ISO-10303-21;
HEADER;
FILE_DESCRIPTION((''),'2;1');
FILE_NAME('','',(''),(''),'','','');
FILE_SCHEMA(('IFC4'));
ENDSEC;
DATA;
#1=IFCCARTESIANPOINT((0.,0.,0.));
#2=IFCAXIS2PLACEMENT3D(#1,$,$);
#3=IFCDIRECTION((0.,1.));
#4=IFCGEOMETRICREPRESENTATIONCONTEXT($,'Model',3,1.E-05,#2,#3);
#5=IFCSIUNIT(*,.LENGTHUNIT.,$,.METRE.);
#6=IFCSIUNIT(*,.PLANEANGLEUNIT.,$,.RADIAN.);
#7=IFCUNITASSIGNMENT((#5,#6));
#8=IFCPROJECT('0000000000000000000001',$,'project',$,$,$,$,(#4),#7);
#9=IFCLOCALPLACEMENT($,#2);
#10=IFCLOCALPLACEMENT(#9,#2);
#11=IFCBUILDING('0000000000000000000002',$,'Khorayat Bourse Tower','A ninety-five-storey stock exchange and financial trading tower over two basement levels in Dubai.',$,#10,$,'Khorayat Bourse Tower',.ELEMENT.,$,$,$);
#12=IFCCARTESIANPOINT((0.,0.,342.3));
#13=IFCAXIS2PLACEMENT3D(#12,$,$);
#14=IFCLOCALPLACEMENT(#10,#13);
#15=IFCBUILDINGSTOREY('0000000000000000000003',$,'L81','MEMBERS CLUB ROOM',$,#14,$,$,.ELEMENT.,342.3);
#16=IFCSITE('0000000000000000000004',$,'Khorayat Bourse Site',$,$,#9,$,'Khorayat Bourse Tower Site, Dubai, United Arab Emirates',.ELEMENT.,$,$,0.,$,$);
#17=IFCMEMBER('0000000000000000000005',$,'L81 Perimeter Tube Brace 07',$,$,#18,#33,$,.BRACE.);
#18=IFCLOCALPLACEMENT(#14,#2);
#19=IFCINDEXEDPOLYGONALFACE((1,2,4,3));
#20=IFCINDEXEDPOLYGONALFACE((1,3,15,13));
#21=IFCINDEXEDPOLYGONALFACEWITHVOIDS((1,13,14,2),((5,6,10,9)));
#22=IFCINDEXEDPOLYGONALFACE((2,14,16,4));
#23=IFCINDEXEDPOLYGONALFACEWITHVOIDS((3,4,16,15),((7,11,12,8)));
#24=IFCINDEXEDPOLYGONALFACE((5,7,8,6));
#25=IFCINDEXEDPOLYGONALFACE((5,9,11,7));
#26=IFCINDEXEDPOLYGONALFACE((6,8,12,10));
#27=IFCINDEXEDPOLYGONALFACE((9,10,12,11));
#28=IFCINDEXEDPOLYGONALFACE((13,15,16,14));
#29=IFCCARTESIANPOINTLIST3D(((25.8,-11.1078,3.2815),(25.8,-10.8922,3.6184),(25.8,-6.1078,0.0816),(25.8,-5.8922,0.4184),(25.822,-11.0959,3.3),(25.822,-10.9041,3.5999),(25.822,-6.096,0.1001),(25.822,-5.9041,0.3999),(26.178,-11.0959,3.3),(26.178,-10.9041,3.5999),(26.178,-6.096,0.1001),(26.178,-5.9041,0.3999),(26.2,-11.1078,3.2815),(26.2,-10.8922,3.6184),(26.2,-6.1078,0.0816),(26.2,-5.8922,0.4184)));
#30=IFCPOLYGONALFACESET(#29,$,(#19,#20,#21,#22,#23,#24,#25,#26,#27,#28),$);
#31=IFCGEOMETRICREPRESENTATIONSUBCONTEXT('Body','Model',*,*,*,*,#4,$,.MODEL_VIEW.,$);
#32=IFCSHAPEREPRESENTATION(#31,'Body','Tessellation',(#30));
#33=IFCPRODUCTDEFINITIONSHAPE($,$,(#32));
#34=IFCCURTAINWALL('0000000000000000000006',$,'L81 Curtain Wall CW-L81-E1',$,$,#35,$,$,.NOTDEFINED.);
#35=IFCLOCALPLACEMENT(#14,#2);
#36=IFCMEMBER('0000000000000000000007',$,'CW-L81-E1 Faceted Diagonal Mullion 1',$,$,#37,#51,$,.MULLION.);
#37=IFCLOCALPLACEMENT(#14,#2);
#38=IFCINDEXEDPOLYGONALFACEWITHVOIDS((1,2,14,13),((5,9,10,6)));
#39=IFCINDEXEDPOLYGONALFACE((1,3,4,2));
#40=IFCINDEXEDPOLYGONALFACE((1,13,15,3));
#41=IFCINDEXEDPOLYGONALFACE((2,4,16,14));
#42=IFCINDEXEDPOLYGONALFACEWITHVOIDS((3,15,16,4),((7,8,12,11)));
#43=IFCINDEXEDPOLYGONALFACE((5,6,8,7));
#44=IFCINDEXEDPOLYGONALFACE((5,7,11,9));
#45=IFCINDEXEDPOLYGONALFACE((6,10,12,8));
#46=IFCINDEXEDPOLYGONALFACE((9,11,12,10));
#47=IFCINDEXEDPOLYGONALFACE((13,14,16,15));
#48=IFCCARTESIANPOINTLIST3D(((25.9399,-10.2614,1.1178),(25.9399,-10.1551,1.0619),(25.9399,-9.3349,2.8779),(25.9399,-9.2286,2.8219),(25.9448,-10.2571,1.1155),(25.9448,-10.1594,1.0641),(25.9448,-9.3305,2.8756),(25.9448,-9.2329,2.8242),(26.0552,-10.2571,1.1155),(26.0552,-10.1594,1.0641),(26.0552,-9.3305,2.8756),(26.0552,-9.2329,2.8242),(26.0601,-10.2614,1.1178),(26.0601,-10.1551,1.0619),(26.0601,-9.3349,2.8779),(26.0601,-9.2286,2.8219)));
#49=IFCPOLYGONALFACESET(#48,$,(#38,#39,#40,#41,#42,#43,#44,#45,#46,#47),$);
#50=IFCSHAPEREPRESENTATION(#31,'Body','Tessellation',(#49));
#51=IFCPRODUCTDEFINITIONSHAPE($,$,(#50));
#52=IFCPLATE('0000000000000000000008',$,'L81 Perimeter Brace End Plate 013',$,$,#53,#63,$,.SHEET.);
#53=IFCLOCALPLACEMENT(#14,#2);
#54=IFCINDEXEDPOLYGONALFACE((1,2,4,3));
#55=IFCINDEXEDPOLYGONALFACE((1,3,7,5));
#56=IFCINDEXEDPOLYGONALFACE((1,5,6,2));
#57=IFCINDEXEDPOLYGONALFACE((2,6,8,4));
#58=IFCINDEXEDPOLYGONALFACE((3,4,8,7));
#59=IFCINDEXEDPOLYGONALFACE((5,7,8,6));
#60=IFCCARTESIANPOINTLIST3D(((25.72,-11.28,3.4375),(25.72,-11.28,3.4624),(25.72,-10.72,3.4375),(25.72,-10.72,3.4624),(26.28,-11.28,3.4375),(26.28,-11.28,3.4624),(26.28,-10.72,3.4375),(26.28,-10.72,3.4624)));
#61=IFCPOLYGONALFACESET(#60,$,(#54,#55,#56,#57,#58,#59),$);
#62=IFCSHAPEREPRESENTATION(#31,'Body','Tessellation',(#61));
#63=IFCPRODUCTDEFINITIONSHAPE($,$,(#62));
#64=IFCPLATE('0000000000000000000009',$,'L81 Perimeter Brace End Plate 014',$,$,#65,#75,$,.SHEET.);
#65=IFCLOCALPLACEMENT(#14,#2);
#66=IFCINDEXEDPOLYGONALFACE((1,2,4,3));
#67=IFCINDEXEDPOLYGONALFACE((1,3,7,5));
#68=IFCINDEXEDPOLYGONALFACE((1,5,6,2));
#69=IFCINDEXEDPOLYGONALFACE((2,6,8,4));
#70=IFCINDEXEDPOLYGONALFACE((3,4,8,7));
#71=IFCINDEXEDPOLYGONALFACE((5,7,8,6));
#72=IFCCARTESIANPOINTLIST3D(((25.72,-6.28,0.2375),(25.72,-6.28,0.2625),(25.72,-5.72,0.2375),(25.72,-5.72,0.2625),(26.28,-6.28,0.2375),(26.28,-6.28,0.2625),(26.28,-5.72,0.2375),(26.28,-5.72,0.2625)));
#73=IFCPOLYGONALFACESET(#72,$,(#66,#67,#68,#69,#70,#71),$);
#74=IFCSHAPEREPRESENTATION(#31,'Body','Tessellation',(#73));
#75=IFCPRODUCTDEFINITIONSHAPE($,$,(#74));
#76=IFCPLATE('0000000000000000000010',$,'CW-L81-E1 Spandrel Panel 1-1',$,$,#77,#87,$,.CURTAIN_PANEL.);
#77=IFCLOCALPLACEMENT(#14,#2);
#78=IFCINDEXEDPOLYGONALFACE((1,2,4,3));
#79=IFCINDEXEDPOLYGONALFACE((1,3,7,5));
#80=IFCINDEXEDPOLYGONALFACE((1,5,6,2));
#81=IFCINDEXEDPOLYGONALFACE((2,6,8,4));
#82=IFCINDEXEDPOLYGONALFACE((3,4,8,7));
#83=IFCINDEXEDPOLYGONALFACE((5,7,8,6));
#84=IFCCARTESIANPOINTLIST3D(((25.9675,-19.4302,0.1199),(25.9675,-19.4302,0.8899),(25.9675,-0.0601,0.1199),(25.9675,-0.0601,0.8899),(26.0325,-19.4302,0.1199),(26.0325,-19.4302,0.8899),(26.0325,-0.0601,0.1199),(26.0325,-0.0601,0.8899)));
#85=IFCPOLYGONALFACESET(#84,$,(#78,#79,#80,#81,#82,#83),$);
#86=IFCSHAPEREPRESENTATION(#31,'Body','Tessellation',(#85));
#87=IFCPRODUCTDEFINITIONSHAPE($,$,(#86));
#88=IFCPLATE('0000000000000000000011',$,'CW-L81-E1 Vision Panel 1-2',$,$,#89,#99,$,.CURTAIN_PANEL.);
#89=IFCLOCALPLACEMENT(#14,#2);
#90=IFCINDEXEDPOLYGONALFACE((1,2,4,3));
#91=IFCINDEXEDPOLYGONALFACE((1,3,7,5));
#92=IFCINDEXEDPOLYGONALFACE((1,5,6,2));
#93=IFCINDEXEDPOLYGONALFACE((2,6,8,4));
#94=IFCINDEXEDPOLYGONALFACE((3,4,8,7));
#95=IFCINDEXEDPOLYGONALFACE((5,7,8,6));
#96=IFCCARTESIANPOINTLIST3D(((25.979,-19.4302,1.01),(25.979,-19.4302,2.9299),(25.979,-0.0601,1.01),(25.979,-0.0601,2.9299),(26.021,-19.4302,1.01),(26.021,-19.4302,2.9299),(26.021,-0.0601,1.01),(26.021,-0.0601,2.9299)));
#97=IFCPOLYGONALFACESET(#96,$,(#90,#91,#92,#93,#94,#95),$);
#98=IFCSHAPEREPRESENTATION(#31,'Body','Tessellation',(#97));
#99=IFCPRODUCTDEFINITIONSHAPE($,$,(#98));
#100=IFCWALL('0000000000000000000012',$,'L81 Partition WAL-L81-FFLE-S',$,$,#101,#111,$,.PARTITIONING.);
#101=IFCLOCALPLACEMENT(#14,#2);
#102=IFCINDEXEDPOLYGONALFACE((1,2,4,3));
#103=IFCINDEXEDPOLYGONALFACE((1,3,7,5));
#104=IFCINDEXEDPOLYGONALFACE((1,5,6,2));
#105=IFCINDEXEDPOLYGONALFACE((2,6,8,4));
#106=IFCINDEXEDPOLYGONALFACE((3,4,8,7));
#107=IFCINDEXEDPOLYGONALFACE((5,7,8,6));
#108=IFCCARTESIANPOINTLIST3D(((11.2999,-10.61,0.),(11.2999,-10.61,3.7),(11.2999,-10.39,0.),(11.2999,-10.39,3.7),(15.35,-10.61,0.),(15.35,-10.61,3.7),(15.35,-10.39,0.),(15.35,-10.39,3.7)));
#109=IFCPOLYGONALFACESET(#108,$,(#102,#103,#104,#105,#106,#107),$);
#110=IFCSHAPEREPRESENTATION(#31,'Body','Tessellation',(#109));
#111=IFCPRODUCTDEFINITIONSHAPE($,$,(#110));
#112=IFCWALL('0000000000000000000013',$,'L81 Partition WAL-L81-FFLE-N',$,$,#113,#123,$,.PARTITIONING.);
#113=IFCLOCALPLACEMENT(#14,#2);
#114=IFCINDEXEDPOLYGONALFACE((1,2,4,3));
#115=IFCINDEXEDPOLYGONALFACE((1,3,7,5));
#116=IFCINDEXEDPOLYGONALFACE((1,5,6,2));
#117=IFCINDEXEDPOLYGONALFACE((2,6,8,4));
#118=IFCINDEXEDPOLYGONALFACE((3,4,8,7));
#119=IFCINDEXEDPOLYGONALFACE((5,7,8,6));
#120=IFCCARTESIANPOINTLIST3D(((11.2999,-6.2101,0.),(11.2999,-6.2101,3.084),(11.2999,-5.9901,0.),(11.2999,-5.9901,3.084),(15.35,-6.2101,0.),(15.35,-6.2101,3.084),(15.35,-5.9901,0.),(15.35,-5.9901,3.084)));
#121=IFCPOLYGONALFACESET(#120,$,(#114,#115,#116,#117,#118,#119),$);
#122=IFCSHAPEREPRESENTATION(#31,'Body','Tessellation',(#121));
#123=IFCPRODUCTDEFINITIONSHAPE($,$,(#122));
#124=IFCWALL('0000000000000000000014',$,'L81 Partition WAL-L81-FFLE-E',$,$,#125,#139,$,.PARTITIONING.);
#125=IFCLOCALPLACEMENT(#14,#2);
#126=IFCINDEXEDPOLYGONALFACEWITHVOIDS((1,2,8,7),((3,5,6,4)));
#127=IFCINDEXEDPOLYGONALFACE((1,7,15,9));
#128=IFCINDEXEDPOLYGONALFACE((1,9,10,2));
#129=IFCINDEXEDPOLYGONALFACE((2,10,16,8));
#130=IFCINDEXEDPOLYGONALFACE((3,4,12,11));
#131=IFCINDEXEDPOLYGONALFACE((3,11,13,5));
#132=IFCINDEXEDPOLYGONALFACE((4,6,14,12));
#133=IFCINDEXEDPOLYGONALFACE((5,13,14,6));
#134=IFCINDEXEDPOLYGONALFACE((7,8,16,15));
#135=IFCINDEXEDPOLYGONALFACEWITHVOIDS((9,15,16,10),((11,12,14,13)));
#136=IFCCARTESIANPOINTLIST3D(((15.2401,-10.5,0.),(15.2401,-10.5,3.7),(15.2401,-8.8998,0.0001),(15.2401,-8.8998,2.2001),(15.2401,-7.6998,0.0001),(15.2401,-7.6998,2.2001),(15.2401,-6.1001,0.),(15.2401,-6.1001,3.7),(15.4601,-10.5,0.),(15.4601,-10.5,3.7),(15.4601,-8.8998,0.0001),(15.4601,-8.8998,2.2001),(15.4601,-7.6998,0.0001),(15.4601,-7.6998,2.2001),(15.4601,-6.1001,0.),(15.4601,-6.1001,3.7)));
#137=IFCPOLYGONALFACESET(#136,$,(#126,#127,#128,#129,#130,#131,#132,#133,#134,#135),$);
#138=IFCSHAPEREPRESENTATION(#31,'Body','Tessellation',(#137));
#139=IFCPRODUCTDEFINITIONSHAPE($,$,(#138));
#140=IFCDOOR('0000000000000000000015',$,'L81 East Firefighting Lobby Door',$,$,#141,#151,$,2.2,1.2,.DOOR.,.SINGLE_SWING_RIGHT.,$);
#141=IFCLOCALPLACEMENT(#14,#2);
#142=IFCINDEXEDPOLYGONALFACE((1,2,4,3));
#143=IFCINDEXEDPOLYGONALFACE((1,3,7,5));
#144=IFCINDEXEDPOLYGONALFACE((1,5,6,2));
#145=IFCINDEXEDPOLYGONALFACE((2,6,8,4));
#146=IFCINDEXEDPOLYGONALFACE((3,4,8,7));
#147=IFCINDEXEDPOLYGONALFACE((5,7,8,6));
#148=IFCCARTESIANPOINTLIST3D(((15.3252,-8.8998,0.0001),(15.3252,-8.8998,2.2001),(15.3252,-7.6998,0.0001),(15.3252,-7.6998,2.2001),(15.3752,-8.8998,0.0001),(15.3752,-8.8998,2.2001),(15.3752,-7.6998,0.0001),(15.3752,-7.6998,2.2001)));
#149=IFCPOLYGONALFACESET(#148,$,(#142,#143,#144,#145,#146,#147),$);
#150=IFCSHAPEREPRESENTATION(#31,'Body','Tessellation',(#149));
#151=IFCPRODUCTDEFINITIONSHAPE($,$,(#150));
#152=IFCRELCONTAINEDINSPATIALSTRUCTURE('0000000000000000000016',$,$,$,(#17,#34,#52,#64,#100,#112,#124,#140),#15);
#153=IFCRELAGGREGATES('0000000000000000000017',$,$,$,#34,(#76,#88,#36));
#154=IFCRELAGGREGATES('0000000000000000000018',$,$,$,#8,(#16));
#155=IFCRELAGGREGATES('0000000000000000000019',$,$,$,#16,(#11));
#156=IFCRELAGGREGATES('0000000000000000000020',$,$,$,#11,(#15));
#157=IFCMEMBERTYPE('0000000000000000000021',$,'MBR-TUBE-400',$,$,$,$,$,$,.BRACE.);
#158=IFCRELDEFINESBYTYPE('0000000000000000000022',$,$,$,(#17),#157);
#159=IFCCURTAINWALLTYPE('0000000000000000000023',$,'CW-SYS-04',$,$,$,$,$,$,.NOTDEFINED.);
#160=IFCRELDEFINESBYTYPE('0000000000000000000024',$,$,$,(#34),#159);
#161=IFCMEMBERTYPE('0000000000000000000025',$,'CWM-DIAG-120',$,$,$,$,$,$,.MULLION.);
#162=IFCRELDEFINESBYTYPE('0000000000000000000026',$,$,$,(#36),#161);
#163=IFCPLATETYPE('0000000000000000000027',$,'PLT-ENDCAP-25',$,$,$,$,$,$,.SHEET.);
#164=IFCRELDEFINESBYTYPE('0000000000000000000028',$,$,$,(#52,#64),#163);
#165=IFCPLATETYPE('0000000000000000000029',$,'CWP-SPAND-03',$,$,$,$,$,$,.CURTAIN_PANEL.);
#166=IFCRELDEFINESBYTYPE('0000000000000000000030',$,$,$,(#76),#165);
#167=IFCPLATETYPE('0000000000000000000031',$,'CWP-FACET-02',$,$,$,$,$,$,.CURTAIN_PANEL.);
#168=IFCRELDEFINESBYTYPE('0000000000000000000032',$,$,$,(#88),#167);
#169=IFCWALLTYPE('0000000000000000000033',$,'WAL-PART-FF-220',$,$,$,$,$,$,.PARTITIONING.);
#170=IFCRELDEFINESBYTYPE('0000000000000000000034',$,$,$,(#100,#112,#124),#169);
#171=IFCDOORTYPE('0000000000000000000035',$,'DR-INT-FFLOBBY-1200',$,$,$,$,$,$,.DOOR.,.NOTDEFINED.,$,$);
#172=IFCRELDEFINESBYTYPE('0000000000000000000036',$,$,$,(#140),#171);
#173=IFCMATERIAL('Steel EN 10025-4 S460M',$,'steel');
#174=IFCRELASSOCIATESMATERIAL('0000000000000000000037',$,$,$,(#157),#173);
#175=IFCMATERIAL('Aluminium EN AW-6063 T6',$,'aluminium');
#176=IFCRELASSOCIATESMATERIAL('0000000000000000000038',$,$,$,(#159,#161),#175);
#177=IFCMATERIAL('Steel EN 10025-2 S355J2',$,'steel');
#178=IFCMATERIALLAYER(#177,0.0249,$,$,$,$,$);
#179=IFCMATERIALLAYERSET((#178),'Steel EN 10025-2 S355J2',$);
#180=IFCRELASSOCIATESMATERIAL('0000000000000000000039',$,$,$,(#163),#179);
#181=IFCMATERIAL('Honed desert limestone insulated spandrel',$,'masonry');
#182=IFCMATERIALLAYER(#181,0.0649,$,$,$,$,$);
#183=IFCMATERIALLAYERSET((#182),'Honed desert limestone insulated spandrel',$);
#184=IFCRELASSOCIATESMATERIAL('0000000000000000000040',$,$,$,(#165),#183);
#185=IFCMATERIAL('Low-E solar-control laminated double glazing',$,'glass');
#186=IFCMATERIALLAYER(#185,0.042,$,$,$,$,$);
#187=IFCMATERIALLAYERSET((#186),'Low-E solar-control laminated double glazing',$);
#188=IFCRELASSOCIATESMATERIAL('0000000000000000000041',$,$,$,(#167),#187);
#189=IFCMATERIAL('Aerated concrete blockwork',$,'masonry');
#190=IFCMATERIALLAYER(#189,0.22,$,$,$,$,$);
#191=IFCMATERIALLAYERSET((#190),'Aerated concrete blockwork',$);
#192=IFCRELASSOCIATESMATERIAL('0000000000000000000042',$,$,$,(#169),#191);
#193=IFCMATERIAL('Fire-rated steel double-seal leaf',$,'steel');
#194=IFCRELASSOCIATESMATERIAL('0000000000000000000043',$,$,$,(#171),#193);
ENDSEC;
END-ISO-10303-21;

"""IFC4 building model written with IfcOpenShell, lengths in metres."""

from ifc_helpers import new_model, si_unit, direction, frame, frame_2d, origin, origin_2d, place, context, subcontext, project, spatial, rectangle, hollow_rectangle, extrude, source, transform, mapped, material, layer, layer_set, material_profile, profile_set, type_object, element, fill, aggregate, save


model = new_model("IFC4")

# Units and contexts
model_context = context("Model", 3, precision=1e-05, world=origin(), true_north=direction((0.0, 1.0)))
body_context = subcontext(model_context, "Body", "Model", "MODEL_VIEW")
ifc_project = project(units=[si_unit("LENGTHUNIT", "METRE"), si_unit("PLANEANGLEUNIT", "RADIAN")], contexts=[model_context])

# Site, building, storey
site_placement = place(None, origin())
site = spatial("IfcSite", under=ifc_project, at=site_placement, Name="Khorayat Bourse Site", LongName="Khorayat Bourse Tower Site, Dubai, United Arab Emirates", CompositionType="ELEMENT", RefElevation=0.0)
building_placement = place(site_placement, origin())
building = spatial("IfcBuilding", under=site, at=building_placement, Name="Khorayat Bourse Tower", Description="A ninety-five-storey stock exchange and financial trading tower over two basement levels in Dubai.", LongName="Khorayat Bourse Tower", CompositionType="ELEMENT")
storey_placement = place(building_placement, frame((0.0, 0.0, 342.3)))
storey = spatial("IfcBuildingStorey", under=building, at=storey_placement, Name="L81", Description="MEMBERS CLUB ROOM", CompositionType="ELEMENT", Elevation=342.3)

# Shared definitions
ifc_material_1 = material(Name="Steel EN 10025-2 S355J2", Category="steel")

# Member
ifc_material_2 = material(Name="Steel EN 10025-4 S460M", Category="steel")
ifc_material_profile_1 = material_profile(ifc_material_2, hollow_rectangle(XDim=0.3999, YDim=0.3999, WallThickness=0.022, at=origin_2d()), Name="HSS 400x400x22")
ifc_profile_set_1 = profile_set([ifc_material_profile_1], Name="Steel EN 10025-4 S460M")
member_type_1 = type_object("IfcMemberType", Name="MBR-TUBE-400", PredefinedType="BRACE", material=ifc_profile_set_1)
shared_shape_1 = source(origin(), body_context, "Body", "SweptSolid", [
    extrude(hollow_rectangle(XDim=0.3999, YDim=0.3999, WallThickness=0.022, at=origin_2d()), origin(), (0.0, 0.0, 1.0), 5.9363),
])
member_1_placement = place(storey_placement, frame((26.0, -11.0, 3.45), z_axis=(0.0, 0.842275, -0.539048), x_axis=(-1.0, 0.0, 0.0)))
element("IfcMember", 1, at=member_1_placement, inside=storey, type_object=member_type_1, Name="L81 Perimeter Tube Brace 07", PredefinedType="BRACE", context=body_context, shape_type="MappedRepresentation", body=[
    mapped(shared_shape_1, transform((0.0, 0.0, 0.0), scale=1.0)),
])

# Curtain wall, member
ifc_material_3 = material(Name="Aluminium EN AW-6063 T6", Category="aluminium")
curtain_wall_type = type_object("IfcCurtainWallType", Name="CW-SYS-04", PredefinedType="NOTDEFINED", material=ifc_material_3)
curtain_wall_placement = place(storey_placement, origin())
curtain_wall = element("IfcCurtainWall", 2, at=curtain_wall_placement, inside=storey, type_object=curtain_wall_type, Name="L81 Curtain Wall CW-L81-E1", PredefinedType="NOTDEFINED")
ifc_material_profile_2 = material_profile(ifc_material_3, hollow_rectangle(XDim=0.1201, YDim=0.1201, WallThickness=0.0049, at=origin_2d()), Name="ALU 120x120x5")
ifc_profile_set_2 = profile_set([ifc_material_profile_2], Name="Aluminium EN AW-6063 T6")
member_type_2 = type_object("IfcMemberType", Name="CWM-DIAG-120", PredefinedType="MULLION", material=ifc_profile_set_2)
shared_shape_2 = source(origin(), body_context, "Body", "SweptSolid", [
    extrude(hollow_rectangle(XDim=0.1201, YDim=0.1201, WallThickness=0.0049, at=origin_2d()), origin(), (0.0, 0.0, 1.0), 1.989),
])
member_2_placement = place(storey_placement, frame((26.0, -10.2083, 1.0898), z_axis=(0.0, 0.465822, 0.884878), x_axis=(-1.0, 0.0, 0.0)))
member_2 = element("IfcMember", 3, at=member_2_placement, type_object=member_type_2, Name="CW-L81-E1 Faceted Diagonal Mullion 1", PredefinedType="MULLION", context=body_context, shape_type="MappedRepresentation", body=[
    mapped(shared_shape_2, transform((0.0, 0.0, 0.0), scale=1.0)),
])

# Plates
ifc_layer_1 = layer(ifc_material_1, 0.0249)
ifc_layer_set_1 = layer_set([ifc_layer_1], Name="Steel EN 10025-2 S355J2")
plate_type_1 = type_object("IfcPlateType", Name="PLT-ENDCAP-25", PredefinedType="SHEET", material=ifc_layer_set_1)
shared_shape_3 = source(origin(), body_context, "Body", "SweptSolid", [
    extrude(rectangle(XDim=0.5601, YDim=0.5601, at=origin_2d()), origin(), (0.0, 0.0, 1.0), 0.0249),
])
for number, where, z_axis, x_axis, name in (
    (4, (26.0, -11.0, 3.4375), (0.0, 0.0, 1.0), (1.0, 0.0, 0.0), "L81 Perimeter Brace End Plate 013"),
    (5, (26.0, -6.0, 0.2375), (0.0, 0.0, 1.0), (1.0, 0.0, 0.0), "L81 Perimeter Brace End Plate 014"),
):
    element("IfcPlate", number, at=place(storey_placement, frame(where, z_axis=z_axis, x_axis=x_axis)), inside=storey, type_object=plate_type_1, Name=name, PredefinedType="SHEET", context=body_context, shape_type="MappedRepresentation", body=[
        mapped(shared_shape_3, transform((0.0, 0.0, 0.0), scale=1.0)),
    ])

# Plates
ifc_material_4 = material(Name="Honed desert limestone insulated spandrel", Category="masonry")
ifc_layer_2 = layer(ifc_material_4, 0.0649)
ifc_layer_set_2 = layer_set([ifc_layer_2], Name="Honed desert limestone insulated spandrel")
plate_type_2 = type_object("IfcPlateType", Name="CWP-SPAND-03", PredefinedType="CURTAIN_PANEL", material=ifc_layer_set_2)
shared_shape_4 = source(origin(), body_context, "Body", "SweptSolid", [
    extrude(rectangle(XDim=19.3701, YDim=0.0649, at=origin_2d()), origin(), (0.0, 0.0, 1.0), 0.77),
])
plate_1_placement = place(storey_placement, frame((26.0, -9.7451, 0.1199), z_axis=(0.0, 0.0, 1.0), x_axis=(0.0, 1.0, 0.0)))
plate_1 = element("IfcPlate", 6, at=plate_1_placement, type_object=plate_type_2, Name="CW-L81-E1 Spandrel Panel 1-1", PredefinedType="CURTAIN_PANEL", context=body_context, shape_type="MappedRepresentation", body=[
    mapped(shared_shape_4, transform((0.0, 0.0, 0.0), scale=1.0)),
])
ifc_material_5 = material(Name="Low-E solar-control laminated double glazing", Category="glass")
ifc_layer_3 = layer(ifc_material_5, 0.042)
ifc_layer_set_3 = layer_set([ifc_layer_3], Name="Low-E solar-control laminated double glazing")
plate_type_3 = type_object("IfcPlateType", Name="CWP-FACET-02", PredefinedType="CURTAIN_PANEL", material=ifc_layer_set_3)
shared_shape_5 = source(origin(), body_context, "Body", "SweptSolid", [
    extrude(rectangle(XDim=19.3701, YDim=0.042, at=origin_2d()), origin(), (0.0, 0.0, 1.0), 1.9199),
])
plate_2_placement = place(storey_placement, frame((26.0, -9.7451, 1.01), z_axis=(0.0, 0.0, 1.0), x_axis=(0.0, 1.0, 0.0)))
plate_2 = element("IfcPlate", 7, at=plate_2_placement, type_object=plate_type_3, Name="CW-L81-E1 Vision Panel 1-2", PredefinedType="CURTAIN_PANEL", context=body_context, shape_type="MappedRepresentation", body=[
    mapped(shared_shape_5, transform((0.0, 0.0, 0.0), scale=1.0)),
])
aggregate(curtain_wall, [plate_1, plate_2, member_2])

# Walls
ifc_material_6 = material(Name="Aerated concrete blockwork", Category="masonry")
ifc_layer_4 = layer(ifc_material_6, 0.22)
ifc_layer_set_4 = layer_set([ifc_layer_4], Name="Aerated concrete blockwork")
wall_type_1 = type_object("IfcWallType", Name="WAL-PART-FF-220", PredefinedType="PARTITIONING", material=ifc_layer_set_4)
shared_shape_6 = source(origin(), body_context, "Body", "SweptSolid", [
    extrude(rectangle(XDim=4.05, YDim=0.22, at=frame_2d((2.0249, 0.0))), origin(), (0.0, 0.0, 1.0), 3.7),
])
wall_1_placement = place(storey_placement, frame((11.3, -10.5, 0.0), z_axis=(0.0, 0.0, 1.0), x_axis=(1.0, 0.0, 0.0)))
element("IfcWall", 8, at=wall_1_placement, inside=storey, type_object=wall_type_1, Name="L81 Partition WAL-L81-FFLE-S", PredefinedType="PARTITIONING", context=body_context, shape_type="MappedRepresentation", body=[
    mapped(shared_shape_6, transform((0.0, 0.0, 0.0), scale=1.0)),
])
shared_shape_7 = source(origin(), body_context, "Body", "SweptSolid", [
    extrude(rectangle(XDim=4.05, YDim=0.22, at=frame_2d((2.0249, 0.0))), origin(), (0.0, 0.0, 1.0), 3.084),
])
wall_2_placement = place(storey_placement, frame((11.3, -6.1001, 0.0), z_axis=(0.0, 0.0, 1.0), x_axis=(1.0, 0.0, 0.0)))
element("IfcWall", 9, at=wall_2_placement, inside=storey, type_object=wall_type_1, Name="L81 Partition WAL-L81-FFLE-N", PredefinedType="PARTITIONING", context=body_context, shape_type="MappedRepresentation", body=[
    mapped(shared_shape_7, transform((0.0, 0.0, 0.0), scale=1.0)),
])

# Wall, opening, door
shared_shape_8 = source(origin(), body_context, "Body", "SweptSolid", [
    extrude(rectangle(XDim=4.3999, YDim=0.22, at=frame_2d((2.2, 0.0))), origin(), (0.0, 0.0, 1.0), 3.7),
])
wall_3_placement = place(storey_placement, frame((15.3501, -10.5, 0.0), z_axis=(0.0, 0.0, 1.0), x_axis=(0.0, 1.0, 0.0)))
wall_3 = element("IfcWall", 10, at=wall_3_placement, inside=storey, type_object=wall_type_1, Name="L81 Partition WAL-L81-FFLE-E", PredefinedType="PARTITIONING", context=body_context, shape_type="MappedRepresentation", body=[
    mapped(shared_shape_8, transform((0.0, 0.0, 0.0), scale=1.0)),
])
shared_shape_9 = source(origin(), body_context, "Body", "SweptSolid", [
    extrude(rectangle(XDim=1.2, YDim=2.2, at=frame_2d((0.6001, 1.1001))), frame((0.0, 0.1199, 0.0), z_axis=(0.0, -1.0, 0.0), x_axis=(1.0, 0.0, 0.0)), (0.0, 0.0, 1.0), 0.24),
])
opening_1_placement = place(wall_3_placement, frame((1.6001, 0.0, 0.0)))
opening_1 = element("IfcOpeningElement", 11, at=opening_1_placement, cuts=wall_3, PredefinedType="OPENING", context=body_context, shape_type="MappedRepresentation", body=[
    mapped(shared_shape_9, transform((0.0, 0.0, 0.0), scale=1.0)),
])
ifc_material_7 = material(Name="Fire-rated steel double-seal leaf", Category="steel")
door_type_1 = type_object("IfcDoorType", Name="DR-INT-FFLOBBY-1200", OperationType="NOTDEFINED", PredefinedType="DOOR", material=ifc_material_7)
shared_shape_10 = source(origin(), body_context, "Body", "SweptSolid", [
    extrude(rectangle(XDim=1.2, YDim=2.2, at=frame_2d((0.6001, 1.1001))), frame((0.0, 0.0249, 0.0), z_axis=(0.0, -1.0, 0.0), x_axis=(1.0, 0.0, 0.0)), (0.0, 0.0, 1.0), 0.05),
])
door_1_placement = place(opening_1_placement, origin())
door_1 = element("IfcDoor", 12, at=door_1_placement, inside=storey, type_object=door_type_1, Name="L81 East Firefighting Lobby Door", OperationType="SINGLE_SWING_RIGHT", OverallHeight=2.2, OverallWidth=1.2, PredefinedType="DOOR", context=body_context, shape_type="MappedRepresentation", body=[
    mapped(shared_shape_10, transform((0.0, 0.0, 0.0), scale=1.0)),
])
fill(opening_1, door_1)

save(model, "model.ifc")
